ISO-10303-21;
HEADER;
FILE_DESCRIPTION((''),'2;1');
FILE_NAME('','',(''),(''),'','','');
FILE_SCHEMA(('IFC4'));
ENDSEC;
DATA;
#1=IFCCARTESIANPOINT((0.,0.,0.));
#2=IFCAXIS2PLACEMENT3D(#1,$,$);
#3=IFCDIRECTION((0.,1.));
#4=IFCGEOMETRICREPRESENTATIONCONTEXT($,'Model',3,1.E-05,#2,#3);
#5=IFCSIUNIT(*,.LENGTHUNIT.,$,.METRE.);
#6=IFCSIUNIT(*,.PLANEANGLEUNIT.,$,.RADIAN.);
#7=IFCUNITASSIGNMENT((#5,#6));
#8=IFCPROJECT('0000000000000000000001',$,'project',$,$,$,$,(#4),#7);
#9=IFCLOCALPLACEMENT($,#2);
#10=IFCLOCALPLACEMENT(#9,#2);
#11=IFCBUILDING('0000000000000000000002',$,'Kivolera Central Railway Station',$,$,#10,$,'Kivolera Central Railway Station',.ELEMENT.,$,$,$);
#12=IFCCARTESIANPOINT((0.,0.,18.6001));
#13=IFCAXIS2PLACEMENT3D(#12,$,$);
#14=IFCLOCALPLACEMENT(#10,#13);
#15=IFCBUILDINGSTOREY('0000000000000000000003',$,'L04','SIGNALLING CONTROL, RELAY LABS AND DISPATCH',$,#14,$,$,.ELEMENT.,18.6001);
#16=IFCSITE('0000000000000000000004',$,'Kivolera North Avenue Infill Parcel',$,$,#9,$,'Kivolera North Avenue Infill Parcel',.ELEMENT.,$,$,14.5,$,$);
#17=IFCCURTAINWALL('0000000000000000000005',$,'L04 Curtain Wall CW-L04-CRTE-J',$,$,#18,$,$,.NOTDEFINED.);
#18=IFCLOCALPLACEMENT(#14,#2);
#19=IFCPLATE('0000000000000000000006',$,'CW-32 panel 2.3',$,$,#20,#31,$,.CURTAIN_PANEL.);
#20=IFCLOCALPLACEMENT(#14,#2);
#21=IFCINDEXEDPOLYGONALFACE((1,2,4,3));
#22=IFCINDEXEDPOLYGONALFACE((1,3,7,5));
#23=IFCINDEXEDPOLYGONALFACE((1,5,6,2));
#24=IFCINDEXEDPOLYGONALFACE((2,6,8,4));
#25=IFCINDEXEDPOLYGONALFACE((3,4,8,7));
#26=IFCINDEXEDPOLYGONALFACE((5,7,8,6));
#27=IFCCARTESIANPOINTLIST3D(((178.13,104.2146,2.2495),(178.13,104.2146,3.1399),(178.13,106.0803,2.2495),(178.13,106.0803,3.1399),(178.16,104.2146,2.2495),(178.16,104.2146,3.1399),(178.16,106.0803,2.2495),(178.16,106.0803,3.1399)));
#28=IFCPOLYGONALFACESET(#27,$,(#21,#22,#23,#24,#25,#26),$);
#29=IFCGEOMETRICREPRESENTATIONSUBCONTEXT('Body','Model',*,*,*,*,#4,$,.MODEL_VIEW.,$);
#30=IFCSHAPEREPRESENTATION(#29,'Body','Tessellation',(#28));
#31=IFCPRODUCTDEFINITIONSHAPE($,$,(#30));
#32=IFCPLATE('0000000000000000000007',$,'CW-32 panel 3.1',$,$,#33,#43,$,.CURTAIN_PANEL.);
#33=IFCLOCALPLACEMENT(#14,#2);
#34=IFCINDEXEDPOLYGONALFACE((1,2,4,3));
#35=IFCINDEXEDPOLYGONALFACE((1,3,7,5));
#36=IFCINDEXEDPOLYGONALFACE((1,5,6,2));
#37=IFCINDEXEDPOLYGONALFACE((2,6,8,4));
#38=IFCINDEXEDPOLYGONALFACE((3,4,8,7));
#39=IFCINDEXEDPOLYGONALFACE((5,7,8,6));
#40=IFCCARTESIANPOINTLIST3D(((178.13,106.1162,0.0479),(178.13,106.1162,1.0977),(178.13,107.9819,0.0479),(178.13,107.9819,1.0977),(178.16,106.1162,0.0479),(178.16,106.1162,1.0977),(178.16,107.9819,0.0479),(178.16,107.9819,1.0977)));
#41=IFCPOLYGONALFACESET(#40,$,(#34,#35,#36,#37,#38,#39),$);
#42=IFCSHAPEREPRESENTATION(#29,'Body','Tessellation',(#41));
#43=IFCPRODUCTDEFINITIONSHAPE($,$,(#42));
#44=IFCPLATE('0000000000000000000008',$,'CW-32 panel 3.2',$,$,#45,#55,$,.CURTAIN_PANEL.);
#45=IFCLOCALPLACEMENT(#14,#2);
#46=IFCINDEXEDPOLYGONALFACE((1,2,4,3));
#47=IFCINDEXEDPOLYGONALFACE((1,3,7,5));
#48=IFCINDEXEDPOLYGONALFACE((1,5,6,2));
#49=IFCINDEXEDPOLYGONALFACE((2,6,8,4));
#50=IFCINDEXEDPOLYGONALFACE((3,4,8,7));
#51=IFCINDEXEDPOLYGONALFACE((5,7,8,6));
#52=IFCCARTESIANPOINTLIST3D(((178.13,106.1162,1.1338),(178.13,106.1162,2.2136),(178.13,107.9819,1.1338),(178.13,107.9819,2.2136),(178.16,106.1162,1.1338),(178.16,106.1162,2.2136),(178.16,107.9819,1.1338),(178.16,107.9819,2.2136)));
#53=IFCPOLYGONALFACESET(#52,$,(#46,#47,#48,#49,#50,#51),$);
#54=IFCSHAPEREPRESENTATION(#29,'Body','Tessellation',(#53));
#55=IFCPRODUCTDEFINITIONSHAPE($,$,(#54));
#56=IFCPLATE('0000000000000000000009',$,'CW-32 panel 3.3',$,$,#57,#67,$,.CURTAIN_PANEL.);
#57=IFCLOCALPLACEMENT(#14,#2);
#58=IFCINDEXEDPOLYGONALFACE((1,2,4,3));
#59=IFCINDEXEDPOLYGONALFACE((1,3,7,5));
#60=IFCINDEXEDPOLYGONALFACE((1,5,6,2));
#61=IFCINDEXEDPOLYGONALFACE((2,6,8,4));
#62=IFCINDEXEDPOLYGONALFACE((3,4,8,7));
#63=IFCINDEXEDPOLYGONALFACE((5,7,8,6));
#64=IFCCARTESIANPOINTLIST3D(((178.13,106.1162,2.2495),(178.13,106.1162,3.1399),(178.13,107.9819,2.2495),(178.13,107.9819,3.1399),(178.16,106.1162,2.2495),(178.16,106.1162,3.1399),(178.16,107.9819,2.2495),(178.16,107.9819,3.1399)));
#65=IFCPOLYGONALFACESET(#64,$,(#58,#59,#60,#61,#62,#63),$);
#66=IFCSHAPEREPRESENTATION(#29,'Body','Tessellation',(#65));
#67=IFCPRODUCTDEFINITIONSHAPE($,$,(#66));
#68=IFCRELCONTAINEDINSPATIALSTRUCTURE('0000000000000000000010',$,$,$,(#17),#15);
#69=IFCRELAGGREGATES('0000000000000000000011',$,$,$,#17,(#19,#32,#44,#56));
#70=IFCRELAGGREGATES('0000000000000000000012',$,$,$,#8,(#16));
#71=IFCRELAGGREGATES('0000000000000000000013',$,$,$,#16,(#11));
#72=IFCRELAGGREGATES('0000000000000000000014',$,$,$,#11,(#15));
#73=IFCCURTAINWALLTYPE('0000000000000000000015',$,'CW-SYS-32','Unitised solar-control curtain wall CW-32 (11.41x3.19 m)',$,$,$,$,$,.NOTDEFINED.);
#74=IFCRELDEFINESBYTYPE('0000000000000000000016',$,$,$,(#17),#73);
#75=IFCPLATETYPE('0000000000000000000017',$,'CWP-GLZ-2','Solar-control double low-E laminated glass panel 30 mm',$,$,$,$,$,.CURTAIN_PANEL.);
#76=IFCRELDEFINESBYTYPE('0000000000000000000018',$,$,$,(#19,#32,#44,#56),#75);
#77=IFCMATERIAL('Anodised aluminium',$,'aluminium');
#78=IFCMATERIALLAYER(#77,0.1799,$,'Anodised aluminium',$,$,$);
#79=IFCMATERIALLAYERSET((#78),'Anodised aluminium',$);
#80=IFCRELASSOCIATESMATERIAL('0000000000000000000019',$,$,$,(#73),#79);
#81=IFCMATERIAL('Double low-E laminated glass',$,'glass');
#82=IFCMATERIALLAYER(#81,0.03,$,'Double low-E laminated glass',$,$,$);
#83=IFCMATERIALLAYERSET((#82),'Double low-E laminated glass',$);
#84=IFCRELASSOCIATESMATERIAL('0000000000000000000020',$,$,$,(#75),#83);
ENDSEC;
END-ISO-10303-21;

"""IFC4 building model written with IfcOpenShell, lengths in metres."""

from ifc_helpers import new_model, si_unit, direction, frame, origin, origin_2d, place, context, subcontext, project, spatial, rectangle, extrude, material, layer, layer_set, type_object, element, aggregate, save


model = new_model("IFC4")

# Units and contexts
model_context = context("Model", 3, precision=1e-05, world=origin(), true_north=direction((0.0, 1.0)))
body_context = subcontext(model_context, "Body", "Model", "MODEL_VIEW")
ifc_project = project(units=[si_unit("LENGTHUNIT", "METRE"), si_unit("PLANEANGLEUNIT", "RADIAN")], contexts=[model_context])

# Site, building, storey
site_placement = place(None, origin())
site = spatial("IfcSite", under=ifc_project, at=site_placement, Name="Kivolera North Avenue Infill Parcel", LongName="Kivolera North Avenue Infill Parcel", CompositionType="ELEMENT", RefElevation=14.5)
building_placement = place(site_placement, origin())
building = spatial("IfcBuilding", under=site, at=building_placement, Name="Kivolera Central Railway Station", LongName="Kivolera Central Railway Station", CompositionType="ELEMENT")
storey_placement = place(building_placement, frame((0.0, 0.0, 18.6001)))
storey = spatial("IfcBuildingStorey", under=building, at=storey_placement, Name="L04", Description="SIGNALLING CONTROL, RELAY LABS AND DISPATCH", CompositionType="ELEMENT", Elevation=18.6001)

# Shared definitions
ifc_material_1 = material(Name="Anodised aluminium", Category="aluminium")
ifc_layer_1 = layer(ifc_material_1, 0.1799, Name="Anodised aluminium")
ifc_layer_set_1 = layer_set([ifc_layer_1], Name="Anodised aluminium")
curtain_wall_type = type_object("IfcCurtainWallType", Name="CW-SYS-32", Description="Unitised solar-control curtain wall CW-32 (11.41x3.19 m)", PredefinedType="NOTDEFINED", material=ifc_layer_set_1)

# Curtain wall
curtain_wall_1_placement = place(storey_placement, origin())
curtain_wall_1 = element("IfcCurtainWall", 1, at=curtain_wall_1_placement, inside=storey, type_object=curtain_wall_type, Name="L04 Curtain Wall CW-L04-CRTE-J", PredefinedType="NOTDEFINED")

# Plates
ifc_material_2 = material(Name="Double low-E laminated glass", Category="glass")
ifc_layer_2 = layer(ifc_material_2, 0.03, Name="Double low-E laminated glass")
ifc_layer_set_2 = layer_set([ifc_layer_2], Name="Double low-E laminated glass")
plate_type = type_object("IfcPlateType", Name="CWP-GLZ-2", Description="Solar-control double low-E laminated glass panel 30 mm", PredefinedType="CURTAIN_PANEL", material=ifc_layer_set_2)
plate_1_placement = place(storey_placement, frame((178.145, 105.1475, 2.2495), z_axis=(0.0, 0.0, 1.0), x_axis=(0.0, 1.0, 0.0)))
plate_1 = element("IfcPlate", 2, at=plate_1_placement, type_object=plate_type, Name="CW-32 panel 2.3", PredefinedType="CURTAIN_PANEL", context=body_context, shape_type="SweptSolid", body=[
    extrude(rectangle(XDim=1.8657, YDim=0.03, at=origin_2d()), origin(), (0.0, 0.0, 1.0), 0.8904),
])
plate_2_placement = place(storey_placement, frame((178.145, 107.0491, 0.0479), z_axis=(0.0, 0.0, 1.0), x_axis=(0.0, 1.0, 0.0)))
plate_2 = element("IfcPlate", 3, at=plate_2_placement, type_object=plate_type, Name="CW-32 panel 3.1", PredefinedType="CURTAIN_PANEL", context=body_context, shape_type="SweptSolid", body=[
    extrude(rectangle(XDim=1.8657, YDim=0.03, at=origin_2d()), origin(), (0.0, 0.0, 1.0), 1.0498),
])
plate_3_placement = place(storey_placement, frame((178.145, 107.0491, 1.1338), z_axis=(0.0, 0.0, 1.0), x_axis=(0.0, 1.0, 0.0)))
plate_3 = element("IfcPlate", 4, at=plate_3_placement, type_object=plate_type, Name="CW-32 panel 3.2", PredefinedType="CURTAIN_PANEL", context=body_context, shape_type="SweptSolid", body=[
    extrude(rectangle(XDim=1.8657, YDim=0.03, at=origin_2d()), origin(), (0.0, 0.0, 1.0), 1.0798),
])
plate_4_placement = place(storey_placement, frame((178.145, 107.0491, 2.2495), z_axis=(0.0, 0.0, 1.0), x_axis=(0.0, 1.0, 0.0)))
plate_4 = element("IfcPlate", 5, at=plate_4_placement, type_object=plate_type, Name="CW-32 panel 3.3", PredefinedType="CURTAIN_PANEL", context=body_context, shape_type="SweptSolid", body=[
    extrude(rectangle(XDim=1.8657, YDim=0.03, at=origin_2d()), origin(), (0.0, 0.0, 1.0), 0.8904),
])
aggregate(curtain_wall_1, [plate_1, plate_2, plate_3, plate_4])

save(model, "model.ifc")
